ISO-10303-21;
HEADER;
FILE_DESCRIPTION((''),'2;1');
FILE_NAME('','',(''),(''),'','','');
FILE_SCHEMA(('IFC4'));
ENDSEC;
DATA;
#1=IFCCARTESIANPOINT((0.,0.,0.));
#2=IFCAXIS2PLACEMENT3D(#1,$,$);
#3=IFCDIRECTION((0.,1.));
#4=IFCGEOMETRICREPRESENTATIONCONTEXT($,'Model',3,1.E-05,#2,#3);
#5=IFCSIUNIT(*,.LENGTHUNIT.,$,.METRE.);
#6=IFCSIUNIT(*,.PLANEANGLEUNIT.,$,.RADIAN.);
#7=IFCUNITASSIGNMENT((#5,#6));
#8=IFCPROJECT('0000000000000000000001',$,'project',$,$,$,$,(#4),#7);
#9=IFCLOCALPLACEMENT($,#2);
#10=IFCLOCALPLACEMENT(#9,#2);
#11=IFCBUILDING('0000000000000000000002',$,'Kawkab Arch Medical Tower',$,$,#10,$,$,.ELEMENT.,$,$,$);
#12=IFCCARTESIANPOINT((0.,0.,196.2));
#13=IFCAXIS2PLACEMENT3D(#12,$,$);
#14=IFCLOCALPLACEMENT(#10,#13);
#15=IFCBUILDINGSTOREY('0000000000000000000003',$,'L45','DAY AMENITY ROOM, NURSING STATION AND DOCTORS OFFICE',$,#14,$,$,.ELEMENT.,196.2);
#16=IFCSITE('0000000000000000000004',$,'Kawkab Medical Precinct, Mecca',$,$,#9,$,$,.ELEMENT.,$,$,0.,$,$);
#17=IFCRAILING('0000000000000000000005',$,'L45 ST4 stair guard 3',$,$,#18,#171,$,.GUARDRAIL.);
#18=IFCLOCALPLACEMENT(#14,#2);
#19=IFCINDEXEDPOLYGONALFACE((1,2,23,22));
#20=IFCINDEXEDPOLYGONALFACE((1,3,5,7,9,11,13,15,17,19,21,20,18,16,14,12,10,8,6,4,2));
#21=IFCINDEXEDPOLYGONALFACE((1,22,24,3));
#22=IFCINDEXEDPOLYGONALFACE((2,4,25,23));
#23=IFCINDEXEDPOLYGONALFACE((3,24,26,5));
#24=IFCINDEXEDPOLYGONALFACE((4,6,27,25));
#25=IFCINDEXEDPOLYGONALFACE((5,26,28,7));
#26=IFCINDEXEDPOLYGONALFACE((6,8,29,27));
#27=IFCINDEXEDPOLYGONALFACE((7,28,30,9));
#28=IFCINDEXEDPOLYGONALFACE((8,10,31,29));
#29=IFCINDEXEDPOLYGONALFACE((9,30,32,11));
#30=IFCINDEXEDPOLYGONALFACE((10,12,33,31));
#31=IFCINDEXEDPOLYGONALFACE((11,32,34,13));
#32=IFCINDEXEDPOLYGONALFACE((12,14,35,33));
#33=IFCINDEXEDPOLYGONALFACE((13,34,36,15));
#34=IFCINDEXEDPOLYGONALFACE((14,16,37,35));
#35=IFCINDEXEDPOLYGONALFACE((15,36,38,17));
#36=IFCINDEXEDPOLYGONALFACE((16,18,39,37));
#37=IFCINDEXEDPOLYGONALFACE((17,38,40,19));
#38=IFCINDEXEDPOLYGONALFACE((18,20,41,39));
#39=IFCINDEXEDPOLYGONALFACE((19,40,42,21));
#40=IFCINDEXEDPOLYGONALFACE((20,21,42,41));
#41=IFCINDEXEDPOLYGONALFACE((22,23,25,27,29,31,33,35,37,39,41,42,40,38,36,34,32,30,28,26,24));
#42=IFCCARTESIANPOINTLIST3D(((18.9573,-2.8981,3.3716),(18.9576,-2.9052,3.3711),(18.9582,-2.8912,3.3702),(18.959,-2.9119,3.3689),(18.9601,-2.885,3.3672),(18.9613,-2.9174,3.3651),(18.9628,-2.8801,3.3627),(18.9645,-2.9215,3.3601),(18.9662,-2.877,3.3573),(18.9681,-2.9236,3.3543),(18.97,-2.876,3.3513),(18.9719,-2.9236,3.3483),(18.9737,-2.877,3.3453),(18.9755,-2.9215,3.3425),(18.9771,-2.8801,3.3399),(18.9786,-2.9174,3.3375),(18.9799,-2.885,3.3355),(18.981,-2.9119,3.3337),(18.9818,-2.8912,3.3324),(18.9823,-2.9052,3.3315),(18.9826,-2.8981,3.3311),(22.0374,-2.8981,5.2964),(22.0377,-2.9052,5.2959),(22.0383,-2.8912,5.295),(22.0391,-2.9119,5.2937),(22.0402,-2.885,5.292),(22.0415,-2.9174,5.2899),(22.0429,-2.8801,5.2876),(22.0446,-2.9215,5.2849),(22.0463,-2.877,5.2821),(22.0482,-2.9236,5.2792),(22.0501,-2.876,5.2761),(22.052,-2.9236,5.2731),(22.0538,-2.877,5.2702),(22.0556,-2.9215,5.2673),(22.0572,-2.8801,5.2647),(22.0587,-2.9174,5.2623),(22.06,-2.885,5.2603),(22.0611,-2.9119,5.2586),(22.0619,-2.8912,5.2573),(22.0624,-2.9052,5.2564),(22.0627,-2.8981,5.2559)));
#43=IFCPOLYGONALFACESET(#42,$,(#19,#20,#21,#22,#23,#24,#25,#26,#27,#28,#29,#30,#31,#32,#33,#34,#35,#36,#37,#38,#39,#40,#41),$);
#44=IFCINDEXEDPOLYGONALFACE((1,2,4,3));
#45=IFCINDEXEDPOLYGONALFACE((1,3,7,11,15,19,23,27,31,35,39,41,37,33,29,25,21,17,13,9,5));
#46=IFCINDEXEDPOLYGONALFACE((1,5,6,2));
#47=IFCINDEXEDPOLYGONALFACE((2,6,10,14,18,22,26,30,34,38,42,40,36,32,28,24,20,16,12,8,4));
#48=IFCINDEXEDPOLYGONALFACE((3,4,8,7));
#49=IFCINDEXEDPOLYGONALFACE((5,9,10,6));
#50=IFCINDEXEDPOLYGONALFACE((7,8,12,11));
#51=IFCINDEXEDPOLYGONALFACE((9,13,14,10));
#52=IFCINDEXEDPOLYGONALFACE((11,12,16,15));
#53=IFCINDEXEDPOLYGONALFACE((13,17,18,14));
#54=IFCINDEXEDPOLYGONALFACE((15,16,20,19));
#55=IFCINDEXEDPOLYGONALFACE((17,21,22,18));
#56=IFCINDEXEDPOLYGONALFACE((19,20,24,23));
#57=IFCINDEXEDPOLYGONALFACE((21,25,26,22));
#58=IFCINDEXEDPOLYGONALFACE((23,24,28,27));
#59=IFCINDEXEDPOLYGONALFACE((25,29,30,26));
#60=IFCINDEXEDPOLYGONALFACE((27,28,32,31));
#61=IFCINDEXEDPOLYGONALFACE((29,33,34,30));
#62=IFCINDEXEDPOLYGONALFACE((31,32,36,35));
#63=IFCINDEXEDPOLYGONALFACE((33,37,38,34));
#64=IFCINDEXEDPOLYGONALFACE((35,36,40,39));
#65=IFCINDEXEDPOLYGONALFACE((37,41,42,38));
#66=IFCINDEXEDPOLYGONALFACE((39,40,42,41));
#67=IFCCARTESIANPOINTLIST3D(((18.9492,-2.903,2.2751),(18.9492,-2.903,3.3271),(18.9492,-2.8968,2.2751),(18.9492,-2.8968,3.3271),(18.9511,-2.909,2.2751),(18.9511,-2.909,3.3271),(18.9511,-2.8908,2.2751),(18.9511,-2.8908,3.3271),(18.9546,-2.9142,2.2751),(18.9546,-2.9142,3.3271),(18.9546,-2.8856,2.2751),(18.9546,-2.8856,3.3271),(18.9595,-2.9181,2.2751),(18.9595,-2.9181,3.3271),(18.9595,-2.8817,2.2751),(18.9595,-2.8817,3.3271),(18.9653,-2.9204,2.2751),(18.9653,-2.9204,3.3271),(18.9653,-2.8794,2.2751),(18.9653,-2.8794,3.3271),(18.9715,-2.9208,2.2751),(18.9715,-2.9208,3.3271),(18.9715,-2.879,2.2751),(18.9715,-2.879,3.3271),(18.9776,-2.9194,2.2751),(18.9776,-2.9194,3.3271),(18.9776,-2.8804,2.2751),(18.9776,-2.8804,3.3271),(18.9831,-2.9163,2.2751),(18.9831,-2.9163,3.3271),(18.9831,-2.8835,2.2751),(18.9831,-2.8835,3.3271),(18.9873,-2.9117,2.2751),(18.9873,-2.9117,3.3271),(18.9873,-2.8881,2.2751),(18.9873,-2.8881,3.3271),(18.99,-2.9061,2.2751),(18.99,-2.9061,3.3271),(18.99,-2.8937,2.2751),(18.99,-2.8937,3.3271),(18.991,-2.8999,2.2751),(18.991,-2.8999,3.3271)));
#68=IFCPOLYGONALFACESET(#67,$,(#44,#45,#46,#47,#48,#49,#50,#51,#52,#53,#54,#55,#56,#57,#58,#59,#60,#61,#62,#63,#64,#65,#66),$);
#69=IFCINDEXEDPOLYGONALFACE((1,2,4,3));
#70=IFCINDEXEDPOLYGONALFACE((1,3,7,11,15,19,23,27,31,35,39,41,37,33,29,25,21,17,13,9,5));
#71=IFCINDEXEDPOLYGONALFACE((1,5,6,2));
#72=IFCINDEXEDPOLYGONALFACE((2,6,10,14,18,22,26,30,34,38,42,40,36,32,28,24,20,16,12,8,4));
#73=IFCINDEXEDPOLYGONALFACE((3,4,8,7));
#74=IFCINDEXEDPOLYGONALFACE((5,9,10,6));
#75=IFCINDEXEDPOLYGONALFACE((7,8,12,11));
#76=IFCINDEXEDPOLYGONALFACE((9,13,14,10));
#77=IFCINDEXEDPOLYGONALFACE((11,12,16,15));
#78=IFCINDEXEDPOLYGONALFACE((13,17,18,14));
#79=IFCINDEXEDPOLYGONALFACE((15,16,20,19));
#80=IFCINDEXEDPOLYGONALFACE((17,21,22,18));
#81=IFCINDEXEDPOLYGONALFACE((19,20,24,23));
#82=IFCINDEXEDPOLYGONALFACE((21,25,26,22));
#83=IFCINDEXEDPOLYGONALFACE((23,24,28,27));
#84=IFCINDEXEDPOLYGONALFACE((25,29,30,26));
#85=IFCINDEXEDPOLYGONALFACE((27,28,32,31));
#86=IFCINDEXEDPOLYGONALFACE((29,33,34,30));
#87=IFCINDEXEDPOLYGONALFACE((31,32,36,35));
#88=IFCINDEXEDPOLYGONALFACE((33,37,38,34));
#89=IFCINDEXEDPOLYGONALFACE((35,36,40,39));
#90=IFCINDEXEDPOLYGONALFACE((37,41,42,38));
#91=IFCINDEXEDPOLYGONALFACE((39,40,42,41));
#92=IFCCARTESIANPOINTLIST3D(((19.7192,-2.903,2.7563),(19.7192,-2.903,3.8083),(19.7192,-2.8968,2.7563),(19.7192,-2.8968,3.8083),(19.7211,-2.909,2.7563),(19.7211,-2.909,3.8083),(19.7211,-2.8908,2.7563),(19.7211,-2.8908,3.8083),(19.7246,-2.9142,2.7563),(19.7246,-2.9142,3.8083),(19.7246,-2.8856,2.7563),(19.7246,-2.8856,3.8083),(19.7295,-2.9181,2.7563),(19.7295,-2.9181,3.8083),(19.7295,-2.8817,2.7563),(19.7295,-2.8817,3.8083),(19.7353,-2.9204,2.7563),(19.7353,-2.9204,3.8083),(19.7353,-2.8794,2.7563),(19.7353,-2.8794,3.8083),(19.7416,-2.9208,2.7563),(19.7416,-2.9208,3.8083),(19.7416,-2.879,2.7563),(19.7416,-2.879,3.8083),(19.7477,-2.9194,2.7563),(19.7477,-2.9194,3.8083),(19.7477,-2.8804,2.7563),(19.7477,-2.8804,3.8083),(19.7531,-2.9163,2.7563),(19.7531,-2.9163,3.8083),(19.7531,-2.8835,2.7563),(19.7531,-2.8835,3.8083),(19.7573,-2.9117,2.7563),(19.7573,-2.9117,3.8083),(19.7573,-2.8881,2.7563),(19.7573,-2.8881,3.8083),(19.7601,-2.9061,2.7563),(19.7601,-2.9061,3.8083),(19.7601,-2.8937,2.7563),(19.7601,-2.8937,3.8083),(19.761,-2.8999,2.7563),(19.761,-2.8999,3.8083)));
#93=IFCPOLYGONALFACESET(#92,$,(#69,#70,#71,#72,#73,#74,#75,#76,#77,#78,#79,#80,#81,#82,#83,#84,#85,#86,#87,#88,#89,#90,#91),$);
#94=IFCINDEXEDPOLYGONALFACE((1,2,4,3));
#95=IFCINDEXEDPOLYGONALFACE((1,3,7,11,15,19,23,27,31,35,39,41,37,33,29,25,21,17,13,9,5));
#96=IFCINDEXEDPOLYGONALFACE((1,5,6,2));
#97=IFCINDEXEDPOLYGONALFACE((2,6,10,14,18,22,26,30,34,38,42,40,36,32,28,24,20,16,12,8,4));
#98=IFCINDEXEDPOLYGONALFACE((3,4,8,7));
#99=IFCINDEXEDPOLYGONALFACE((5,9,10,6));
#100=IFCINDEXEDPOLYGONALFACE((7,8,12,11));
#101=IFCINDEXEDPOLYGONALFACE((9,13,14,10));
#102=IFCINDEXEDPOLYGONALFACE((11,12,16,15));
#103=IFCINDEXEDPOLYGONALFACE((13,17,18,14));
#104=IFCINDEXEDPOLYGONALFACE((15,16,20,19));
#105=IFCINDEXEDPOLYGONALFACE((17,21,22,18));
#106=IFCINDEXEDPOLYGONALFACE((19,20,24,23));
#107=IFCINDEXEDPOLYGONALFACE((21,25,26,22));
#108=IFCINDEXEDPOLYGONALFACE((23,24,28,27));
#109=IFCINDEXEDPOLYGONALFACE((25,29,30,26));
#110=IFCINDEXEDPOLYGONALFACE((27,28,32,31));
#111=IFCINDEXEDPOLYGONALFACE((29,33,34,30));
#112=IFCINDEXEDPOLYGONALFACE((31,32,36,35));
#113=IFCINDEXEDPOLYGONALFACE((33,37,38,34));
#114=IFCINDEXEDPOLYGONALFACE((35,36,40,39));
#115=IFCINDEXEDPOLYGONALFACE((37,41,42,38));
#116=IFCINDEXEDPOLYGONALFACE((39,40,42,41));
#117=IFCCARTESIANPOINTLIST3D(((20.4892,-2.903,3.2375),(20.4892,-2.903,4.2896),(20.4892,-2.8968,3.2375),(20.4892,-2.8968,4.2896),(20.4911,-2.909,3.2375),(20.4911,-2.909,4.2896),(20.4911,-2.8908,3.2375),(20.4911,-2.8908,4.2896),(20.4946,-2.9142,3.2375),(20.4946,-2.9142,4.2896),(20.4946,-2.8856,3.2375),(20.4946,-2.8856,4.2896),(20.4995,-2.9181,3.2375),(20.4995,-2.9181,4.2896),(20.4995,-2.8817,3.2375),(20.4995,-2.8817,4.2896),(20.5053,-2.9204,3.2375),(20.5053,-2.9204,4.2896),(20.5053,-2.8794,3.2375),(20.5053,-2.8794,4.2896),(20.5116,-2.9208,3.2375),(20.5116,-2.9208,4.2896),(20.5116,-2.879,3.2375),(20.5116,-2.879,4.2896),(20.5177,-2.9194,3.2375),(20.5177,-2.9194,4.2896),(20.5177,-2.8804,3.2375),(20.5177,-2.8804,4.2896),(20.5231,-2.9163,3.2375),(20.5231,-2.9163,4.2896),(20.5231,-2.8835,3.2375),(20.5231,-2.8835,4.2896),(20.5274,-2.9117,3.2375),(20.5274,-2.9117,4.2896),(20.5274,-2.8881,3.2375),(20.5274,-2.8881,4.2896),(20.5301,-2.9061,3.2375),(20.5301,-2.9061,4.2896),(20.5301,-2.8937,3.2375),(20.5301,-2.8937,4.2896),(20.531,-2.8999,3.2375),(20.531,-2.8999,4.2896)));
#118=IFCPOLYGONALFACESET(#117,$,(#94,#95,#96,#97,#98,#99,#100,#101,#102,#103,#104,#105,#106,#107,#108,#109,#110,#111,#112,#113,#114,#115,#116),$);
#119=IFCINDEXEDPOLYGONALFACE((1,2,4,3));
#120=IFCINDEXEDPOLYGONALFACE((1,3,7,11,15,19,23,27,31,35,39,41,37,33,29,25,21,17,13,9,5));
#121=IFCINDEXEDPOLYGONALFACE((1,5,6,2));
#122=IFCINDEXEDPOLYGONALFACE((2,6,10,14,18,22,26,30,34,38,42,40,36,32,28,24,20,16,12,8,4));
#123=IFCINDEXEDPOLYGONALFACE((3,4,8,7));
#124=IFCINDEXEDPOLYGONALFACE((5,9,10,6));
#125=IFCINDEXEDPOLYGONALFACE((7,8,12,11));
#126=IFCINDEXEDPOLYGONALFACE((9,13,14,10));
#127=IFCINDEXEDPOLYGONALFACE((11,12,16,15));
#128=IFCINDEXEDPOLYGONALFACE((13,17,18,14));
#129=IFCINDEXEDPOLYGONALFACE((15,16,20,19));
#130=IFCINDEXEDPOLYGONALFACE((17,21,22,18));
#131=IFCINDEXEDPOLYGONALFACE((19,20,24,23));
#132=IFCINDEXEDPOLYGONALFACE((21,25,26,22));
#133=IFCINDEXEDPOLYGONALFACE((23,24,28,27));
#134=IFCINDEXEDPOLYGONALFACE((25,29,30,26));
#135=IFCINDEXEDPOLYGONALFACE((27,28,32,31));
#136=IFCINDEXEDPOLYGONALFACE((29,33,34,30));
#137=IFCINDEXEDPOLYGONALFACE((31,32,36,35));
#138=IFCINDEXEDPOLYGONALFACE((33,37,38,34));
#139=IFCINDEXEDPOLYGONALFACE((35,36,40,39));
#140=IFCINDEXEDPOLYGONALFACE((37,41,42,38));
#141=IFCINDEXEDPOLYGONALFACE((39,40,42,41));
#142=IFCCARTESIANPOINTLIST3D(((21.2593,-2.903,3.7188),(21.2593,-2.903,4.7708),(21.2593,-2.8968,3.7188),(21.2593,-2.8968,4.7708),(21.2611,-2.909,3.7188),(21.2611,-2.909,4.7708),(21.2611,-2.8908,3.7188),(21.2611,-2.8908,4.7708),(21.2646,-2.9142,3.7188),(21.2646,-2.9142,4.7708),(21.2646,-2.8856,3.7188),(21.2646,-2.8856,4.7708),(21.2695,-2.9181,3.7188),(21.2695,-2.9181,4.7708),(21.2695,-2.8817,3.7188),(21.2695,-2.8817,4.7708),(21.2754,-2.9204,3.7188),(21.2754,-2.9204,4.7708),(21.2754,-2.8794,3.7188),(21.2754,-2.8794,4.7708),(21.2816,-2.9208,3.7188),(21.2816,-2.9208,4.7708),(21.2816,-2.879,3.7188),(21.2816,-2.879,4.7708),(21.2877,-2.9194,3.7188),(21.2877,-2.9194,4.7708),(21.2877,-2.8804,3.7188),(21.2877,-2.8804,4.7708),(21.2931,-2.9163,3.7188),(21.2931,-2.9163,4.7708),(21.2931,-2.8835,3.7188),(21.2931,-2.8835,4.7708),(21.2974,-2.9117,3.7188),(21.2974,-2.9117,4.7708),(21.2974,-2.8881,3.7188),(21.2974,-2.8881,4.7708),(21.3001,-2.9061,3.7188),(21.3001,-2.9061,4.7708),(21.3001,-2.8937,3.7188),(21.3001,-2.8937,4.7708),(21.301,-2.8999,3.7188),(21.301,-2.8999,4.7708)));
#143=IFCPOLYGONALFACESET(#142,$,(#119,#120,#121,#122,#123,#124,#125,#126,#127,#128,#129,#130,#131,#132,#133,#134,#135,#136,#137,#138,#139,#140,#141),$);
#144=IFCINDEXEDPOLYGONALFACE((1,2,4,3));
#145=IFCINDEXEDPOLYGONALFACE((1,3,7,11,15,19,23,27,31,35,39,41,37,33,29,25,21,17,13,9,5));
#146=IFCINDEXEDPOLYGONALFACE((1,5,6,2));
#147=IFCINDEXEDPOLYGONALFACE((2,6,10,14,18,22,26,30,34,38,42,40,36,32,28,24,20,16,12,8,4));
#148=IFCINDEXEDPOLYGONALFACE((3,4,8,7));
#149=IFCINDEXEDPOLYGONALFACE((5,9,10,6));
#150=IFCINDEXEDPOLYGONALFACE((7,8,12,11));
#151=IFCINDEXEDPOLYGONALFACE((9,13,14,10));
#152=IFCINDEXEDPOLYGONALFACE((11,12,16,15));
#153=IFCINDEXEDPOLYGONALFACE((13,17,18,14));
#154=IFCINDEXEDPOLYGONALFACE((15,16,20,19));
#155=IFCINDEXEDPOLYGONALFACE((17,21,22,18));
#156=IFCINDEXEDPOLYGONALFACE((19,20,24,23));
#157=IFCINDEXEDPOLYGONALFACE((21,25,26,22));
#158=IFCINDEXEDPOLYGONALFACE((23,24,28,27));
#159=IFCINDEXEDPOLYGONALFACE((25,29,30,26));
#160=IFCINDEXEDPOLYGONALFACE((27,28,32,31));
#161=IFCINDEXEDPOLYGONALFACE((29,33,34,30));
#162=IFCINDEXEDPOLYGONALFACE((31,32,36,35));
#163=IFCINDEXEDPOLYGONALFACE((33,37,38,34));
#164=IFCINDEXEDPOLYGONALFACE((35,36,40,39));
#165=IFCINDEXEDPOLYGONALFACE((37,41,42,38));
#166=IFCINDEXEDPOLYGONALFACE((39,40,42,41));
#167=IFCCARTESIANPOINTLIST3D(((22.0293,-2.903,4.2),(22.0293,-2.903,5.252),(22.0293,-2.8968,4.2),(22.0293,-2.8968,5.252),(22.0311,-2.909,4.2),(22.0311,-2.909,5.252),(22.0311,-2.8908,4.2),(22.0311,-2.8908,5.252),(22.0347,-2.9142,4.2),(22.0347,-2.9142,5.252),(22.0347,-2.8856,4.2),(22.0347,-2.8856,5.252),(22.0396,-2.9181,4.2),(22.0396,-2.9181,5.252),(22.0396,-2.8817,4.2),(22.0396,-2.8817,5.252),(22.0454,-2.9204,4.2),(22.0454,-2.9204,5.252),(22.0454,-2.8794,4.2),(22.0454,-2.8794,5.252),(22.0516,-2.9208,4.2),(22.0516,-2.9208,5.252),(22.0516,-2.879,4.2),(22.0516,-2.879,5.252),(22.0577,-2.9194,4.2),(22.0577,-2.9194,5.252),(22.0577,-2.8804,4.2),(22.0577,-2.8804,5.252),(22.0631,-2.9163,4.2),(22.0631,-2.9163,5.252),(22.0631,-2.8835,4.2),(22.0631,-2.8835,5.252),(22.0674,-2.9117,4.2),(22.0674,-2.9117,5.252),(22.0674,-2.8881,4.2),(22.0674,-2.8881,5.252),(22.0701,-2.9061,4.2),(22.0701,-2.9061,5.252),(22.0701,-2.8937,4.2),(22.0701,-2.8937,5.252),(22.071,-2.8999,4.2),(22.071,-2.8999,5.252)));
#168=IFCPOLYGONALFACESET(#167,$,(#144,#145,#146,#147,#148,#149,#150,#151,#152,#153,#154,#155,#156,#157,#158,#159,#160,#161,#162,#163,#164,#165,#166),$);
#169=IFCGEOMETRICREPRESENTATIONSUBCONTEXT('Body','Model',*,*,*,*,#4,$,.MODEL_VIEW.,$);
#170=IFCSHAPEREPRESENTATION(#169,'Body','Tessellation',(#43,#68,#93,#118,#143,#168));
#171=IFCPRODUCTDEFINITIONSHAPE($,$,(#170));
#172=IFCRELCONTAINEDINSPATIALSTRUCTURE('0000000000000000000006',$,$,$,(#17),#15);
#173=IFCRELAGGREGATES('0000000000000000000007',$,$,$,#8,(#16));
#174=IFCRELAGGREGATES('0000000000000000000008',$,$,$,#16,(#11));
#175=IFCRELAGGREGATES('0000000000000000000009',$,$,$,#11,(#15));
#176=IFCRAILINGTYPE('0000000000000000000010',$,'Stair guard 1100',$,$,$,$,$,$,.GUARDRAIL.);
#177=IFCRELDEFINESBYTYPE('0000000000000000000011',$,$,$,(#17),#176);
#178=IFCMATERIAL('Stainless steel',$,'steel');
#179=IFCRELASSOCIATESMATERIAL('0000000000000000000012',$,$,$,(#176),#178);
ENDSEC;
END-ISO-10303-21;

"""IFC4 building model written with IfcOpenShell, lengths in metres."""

from ifc_helpers import new_model, si_unit, direction, frame, origin, origin_2d, place, context, subcontext, project, spatial, circle, extrude, material, type_object, element, save


model = new_model("IFC4")

# Units and contexts
model_context = context("Model", 3, precision=1e-05, world=origin(), true_north=direction((0.0, 1.0)))
body_context = subcontext(model_context, "Body", "Model", "MODEL_VIEW")
ifc_project = project(units=[si_unit("LENGTHUNIT", "METRE"), si_unit("PLANEANGLEUNIT", "RADIAN")], contexts=[model_context])

# Site, building, storey
site_placement = place(None, origin())
site = spatial("IfcSite", under=ifc_project, at=site_placement, Name="Kawkab Medical Precinct, Mecca", CompositionType="ELEMENT", RefElevation=0.0)
building_placement = place(site_placement, origin())
building = spatial("IfcBuilding", under=site, at=building_placement, Name="Kawkab Arch Medical Tower", CompositionType="ELEMENT")
storey_placement = place(building_placement, frame((0.0, 0.0, 196.2)))
storey = spatial("IfcBuildingStorey", under=building, at=storey_placement, Name="L45", Description="DAY AMENITY ROOM, NURSING STATION AND DOCTORS OFFICE", CompositionType="ELEMENT", Elevation=196.2)

# Railing
ifc_material_1 = material(Name="Stainless steel", Category="steel")
railing_type_1 = type_object("IfcRailingType", Name="Stair guard 1100", PredefinedType="GUARDRAIL", material=ifc_material_1)
railing_1_placement = place(storey_placement, frame((18.97, -2.8999, 2.2751)))
element("IfcRailing", 1, at=railing_1_placement, inside=storey, type_object=railing_type_1, Name="L45 ST4 stair guard 3", PredefinedType="GUARDRAIL", context=body_context, shape_type="SweptSolid", body=[
    extrude(circle(Radius=0.0239, at=origin_2d()), frame((0.0, 0.0, 1.0762), z_axis=(0.848029, 0.0, 0.529951), x_axis=(0.0, 1.0, 0.0)), (0.0, 0.0, 1.0), 3.6321),
    extrude(circle(Radius=0.021, at=origin_2d()), origin(), (0.0, 0.0, 1.0), 1.052),
    extrude(circle(Radius=0.021, at=origin_2d()), frame((0.77, 0.0, 0.4812)), (0.0, 0.0, 1.0), 1.052),
    extrude(circle(Radius=0.021, at=origin_2d()), frame((1.54, 0.0, 0.9624)), (0.0, 0.0, 1.0), 1.052),
    extrude(circle(Radius=0.021, at=origin_2d()), frame((2.3101, 0.0, 1.4436)), (0.0, 0.0, 1.0), 1.052),
    extrude(circle(Radius=0.021, at=origin_2d()), frame((3.0801, 0.0, 1.9248)), (0.0, 0.0, 1.0), 1.052),
])

save(model, "model.ifc")
